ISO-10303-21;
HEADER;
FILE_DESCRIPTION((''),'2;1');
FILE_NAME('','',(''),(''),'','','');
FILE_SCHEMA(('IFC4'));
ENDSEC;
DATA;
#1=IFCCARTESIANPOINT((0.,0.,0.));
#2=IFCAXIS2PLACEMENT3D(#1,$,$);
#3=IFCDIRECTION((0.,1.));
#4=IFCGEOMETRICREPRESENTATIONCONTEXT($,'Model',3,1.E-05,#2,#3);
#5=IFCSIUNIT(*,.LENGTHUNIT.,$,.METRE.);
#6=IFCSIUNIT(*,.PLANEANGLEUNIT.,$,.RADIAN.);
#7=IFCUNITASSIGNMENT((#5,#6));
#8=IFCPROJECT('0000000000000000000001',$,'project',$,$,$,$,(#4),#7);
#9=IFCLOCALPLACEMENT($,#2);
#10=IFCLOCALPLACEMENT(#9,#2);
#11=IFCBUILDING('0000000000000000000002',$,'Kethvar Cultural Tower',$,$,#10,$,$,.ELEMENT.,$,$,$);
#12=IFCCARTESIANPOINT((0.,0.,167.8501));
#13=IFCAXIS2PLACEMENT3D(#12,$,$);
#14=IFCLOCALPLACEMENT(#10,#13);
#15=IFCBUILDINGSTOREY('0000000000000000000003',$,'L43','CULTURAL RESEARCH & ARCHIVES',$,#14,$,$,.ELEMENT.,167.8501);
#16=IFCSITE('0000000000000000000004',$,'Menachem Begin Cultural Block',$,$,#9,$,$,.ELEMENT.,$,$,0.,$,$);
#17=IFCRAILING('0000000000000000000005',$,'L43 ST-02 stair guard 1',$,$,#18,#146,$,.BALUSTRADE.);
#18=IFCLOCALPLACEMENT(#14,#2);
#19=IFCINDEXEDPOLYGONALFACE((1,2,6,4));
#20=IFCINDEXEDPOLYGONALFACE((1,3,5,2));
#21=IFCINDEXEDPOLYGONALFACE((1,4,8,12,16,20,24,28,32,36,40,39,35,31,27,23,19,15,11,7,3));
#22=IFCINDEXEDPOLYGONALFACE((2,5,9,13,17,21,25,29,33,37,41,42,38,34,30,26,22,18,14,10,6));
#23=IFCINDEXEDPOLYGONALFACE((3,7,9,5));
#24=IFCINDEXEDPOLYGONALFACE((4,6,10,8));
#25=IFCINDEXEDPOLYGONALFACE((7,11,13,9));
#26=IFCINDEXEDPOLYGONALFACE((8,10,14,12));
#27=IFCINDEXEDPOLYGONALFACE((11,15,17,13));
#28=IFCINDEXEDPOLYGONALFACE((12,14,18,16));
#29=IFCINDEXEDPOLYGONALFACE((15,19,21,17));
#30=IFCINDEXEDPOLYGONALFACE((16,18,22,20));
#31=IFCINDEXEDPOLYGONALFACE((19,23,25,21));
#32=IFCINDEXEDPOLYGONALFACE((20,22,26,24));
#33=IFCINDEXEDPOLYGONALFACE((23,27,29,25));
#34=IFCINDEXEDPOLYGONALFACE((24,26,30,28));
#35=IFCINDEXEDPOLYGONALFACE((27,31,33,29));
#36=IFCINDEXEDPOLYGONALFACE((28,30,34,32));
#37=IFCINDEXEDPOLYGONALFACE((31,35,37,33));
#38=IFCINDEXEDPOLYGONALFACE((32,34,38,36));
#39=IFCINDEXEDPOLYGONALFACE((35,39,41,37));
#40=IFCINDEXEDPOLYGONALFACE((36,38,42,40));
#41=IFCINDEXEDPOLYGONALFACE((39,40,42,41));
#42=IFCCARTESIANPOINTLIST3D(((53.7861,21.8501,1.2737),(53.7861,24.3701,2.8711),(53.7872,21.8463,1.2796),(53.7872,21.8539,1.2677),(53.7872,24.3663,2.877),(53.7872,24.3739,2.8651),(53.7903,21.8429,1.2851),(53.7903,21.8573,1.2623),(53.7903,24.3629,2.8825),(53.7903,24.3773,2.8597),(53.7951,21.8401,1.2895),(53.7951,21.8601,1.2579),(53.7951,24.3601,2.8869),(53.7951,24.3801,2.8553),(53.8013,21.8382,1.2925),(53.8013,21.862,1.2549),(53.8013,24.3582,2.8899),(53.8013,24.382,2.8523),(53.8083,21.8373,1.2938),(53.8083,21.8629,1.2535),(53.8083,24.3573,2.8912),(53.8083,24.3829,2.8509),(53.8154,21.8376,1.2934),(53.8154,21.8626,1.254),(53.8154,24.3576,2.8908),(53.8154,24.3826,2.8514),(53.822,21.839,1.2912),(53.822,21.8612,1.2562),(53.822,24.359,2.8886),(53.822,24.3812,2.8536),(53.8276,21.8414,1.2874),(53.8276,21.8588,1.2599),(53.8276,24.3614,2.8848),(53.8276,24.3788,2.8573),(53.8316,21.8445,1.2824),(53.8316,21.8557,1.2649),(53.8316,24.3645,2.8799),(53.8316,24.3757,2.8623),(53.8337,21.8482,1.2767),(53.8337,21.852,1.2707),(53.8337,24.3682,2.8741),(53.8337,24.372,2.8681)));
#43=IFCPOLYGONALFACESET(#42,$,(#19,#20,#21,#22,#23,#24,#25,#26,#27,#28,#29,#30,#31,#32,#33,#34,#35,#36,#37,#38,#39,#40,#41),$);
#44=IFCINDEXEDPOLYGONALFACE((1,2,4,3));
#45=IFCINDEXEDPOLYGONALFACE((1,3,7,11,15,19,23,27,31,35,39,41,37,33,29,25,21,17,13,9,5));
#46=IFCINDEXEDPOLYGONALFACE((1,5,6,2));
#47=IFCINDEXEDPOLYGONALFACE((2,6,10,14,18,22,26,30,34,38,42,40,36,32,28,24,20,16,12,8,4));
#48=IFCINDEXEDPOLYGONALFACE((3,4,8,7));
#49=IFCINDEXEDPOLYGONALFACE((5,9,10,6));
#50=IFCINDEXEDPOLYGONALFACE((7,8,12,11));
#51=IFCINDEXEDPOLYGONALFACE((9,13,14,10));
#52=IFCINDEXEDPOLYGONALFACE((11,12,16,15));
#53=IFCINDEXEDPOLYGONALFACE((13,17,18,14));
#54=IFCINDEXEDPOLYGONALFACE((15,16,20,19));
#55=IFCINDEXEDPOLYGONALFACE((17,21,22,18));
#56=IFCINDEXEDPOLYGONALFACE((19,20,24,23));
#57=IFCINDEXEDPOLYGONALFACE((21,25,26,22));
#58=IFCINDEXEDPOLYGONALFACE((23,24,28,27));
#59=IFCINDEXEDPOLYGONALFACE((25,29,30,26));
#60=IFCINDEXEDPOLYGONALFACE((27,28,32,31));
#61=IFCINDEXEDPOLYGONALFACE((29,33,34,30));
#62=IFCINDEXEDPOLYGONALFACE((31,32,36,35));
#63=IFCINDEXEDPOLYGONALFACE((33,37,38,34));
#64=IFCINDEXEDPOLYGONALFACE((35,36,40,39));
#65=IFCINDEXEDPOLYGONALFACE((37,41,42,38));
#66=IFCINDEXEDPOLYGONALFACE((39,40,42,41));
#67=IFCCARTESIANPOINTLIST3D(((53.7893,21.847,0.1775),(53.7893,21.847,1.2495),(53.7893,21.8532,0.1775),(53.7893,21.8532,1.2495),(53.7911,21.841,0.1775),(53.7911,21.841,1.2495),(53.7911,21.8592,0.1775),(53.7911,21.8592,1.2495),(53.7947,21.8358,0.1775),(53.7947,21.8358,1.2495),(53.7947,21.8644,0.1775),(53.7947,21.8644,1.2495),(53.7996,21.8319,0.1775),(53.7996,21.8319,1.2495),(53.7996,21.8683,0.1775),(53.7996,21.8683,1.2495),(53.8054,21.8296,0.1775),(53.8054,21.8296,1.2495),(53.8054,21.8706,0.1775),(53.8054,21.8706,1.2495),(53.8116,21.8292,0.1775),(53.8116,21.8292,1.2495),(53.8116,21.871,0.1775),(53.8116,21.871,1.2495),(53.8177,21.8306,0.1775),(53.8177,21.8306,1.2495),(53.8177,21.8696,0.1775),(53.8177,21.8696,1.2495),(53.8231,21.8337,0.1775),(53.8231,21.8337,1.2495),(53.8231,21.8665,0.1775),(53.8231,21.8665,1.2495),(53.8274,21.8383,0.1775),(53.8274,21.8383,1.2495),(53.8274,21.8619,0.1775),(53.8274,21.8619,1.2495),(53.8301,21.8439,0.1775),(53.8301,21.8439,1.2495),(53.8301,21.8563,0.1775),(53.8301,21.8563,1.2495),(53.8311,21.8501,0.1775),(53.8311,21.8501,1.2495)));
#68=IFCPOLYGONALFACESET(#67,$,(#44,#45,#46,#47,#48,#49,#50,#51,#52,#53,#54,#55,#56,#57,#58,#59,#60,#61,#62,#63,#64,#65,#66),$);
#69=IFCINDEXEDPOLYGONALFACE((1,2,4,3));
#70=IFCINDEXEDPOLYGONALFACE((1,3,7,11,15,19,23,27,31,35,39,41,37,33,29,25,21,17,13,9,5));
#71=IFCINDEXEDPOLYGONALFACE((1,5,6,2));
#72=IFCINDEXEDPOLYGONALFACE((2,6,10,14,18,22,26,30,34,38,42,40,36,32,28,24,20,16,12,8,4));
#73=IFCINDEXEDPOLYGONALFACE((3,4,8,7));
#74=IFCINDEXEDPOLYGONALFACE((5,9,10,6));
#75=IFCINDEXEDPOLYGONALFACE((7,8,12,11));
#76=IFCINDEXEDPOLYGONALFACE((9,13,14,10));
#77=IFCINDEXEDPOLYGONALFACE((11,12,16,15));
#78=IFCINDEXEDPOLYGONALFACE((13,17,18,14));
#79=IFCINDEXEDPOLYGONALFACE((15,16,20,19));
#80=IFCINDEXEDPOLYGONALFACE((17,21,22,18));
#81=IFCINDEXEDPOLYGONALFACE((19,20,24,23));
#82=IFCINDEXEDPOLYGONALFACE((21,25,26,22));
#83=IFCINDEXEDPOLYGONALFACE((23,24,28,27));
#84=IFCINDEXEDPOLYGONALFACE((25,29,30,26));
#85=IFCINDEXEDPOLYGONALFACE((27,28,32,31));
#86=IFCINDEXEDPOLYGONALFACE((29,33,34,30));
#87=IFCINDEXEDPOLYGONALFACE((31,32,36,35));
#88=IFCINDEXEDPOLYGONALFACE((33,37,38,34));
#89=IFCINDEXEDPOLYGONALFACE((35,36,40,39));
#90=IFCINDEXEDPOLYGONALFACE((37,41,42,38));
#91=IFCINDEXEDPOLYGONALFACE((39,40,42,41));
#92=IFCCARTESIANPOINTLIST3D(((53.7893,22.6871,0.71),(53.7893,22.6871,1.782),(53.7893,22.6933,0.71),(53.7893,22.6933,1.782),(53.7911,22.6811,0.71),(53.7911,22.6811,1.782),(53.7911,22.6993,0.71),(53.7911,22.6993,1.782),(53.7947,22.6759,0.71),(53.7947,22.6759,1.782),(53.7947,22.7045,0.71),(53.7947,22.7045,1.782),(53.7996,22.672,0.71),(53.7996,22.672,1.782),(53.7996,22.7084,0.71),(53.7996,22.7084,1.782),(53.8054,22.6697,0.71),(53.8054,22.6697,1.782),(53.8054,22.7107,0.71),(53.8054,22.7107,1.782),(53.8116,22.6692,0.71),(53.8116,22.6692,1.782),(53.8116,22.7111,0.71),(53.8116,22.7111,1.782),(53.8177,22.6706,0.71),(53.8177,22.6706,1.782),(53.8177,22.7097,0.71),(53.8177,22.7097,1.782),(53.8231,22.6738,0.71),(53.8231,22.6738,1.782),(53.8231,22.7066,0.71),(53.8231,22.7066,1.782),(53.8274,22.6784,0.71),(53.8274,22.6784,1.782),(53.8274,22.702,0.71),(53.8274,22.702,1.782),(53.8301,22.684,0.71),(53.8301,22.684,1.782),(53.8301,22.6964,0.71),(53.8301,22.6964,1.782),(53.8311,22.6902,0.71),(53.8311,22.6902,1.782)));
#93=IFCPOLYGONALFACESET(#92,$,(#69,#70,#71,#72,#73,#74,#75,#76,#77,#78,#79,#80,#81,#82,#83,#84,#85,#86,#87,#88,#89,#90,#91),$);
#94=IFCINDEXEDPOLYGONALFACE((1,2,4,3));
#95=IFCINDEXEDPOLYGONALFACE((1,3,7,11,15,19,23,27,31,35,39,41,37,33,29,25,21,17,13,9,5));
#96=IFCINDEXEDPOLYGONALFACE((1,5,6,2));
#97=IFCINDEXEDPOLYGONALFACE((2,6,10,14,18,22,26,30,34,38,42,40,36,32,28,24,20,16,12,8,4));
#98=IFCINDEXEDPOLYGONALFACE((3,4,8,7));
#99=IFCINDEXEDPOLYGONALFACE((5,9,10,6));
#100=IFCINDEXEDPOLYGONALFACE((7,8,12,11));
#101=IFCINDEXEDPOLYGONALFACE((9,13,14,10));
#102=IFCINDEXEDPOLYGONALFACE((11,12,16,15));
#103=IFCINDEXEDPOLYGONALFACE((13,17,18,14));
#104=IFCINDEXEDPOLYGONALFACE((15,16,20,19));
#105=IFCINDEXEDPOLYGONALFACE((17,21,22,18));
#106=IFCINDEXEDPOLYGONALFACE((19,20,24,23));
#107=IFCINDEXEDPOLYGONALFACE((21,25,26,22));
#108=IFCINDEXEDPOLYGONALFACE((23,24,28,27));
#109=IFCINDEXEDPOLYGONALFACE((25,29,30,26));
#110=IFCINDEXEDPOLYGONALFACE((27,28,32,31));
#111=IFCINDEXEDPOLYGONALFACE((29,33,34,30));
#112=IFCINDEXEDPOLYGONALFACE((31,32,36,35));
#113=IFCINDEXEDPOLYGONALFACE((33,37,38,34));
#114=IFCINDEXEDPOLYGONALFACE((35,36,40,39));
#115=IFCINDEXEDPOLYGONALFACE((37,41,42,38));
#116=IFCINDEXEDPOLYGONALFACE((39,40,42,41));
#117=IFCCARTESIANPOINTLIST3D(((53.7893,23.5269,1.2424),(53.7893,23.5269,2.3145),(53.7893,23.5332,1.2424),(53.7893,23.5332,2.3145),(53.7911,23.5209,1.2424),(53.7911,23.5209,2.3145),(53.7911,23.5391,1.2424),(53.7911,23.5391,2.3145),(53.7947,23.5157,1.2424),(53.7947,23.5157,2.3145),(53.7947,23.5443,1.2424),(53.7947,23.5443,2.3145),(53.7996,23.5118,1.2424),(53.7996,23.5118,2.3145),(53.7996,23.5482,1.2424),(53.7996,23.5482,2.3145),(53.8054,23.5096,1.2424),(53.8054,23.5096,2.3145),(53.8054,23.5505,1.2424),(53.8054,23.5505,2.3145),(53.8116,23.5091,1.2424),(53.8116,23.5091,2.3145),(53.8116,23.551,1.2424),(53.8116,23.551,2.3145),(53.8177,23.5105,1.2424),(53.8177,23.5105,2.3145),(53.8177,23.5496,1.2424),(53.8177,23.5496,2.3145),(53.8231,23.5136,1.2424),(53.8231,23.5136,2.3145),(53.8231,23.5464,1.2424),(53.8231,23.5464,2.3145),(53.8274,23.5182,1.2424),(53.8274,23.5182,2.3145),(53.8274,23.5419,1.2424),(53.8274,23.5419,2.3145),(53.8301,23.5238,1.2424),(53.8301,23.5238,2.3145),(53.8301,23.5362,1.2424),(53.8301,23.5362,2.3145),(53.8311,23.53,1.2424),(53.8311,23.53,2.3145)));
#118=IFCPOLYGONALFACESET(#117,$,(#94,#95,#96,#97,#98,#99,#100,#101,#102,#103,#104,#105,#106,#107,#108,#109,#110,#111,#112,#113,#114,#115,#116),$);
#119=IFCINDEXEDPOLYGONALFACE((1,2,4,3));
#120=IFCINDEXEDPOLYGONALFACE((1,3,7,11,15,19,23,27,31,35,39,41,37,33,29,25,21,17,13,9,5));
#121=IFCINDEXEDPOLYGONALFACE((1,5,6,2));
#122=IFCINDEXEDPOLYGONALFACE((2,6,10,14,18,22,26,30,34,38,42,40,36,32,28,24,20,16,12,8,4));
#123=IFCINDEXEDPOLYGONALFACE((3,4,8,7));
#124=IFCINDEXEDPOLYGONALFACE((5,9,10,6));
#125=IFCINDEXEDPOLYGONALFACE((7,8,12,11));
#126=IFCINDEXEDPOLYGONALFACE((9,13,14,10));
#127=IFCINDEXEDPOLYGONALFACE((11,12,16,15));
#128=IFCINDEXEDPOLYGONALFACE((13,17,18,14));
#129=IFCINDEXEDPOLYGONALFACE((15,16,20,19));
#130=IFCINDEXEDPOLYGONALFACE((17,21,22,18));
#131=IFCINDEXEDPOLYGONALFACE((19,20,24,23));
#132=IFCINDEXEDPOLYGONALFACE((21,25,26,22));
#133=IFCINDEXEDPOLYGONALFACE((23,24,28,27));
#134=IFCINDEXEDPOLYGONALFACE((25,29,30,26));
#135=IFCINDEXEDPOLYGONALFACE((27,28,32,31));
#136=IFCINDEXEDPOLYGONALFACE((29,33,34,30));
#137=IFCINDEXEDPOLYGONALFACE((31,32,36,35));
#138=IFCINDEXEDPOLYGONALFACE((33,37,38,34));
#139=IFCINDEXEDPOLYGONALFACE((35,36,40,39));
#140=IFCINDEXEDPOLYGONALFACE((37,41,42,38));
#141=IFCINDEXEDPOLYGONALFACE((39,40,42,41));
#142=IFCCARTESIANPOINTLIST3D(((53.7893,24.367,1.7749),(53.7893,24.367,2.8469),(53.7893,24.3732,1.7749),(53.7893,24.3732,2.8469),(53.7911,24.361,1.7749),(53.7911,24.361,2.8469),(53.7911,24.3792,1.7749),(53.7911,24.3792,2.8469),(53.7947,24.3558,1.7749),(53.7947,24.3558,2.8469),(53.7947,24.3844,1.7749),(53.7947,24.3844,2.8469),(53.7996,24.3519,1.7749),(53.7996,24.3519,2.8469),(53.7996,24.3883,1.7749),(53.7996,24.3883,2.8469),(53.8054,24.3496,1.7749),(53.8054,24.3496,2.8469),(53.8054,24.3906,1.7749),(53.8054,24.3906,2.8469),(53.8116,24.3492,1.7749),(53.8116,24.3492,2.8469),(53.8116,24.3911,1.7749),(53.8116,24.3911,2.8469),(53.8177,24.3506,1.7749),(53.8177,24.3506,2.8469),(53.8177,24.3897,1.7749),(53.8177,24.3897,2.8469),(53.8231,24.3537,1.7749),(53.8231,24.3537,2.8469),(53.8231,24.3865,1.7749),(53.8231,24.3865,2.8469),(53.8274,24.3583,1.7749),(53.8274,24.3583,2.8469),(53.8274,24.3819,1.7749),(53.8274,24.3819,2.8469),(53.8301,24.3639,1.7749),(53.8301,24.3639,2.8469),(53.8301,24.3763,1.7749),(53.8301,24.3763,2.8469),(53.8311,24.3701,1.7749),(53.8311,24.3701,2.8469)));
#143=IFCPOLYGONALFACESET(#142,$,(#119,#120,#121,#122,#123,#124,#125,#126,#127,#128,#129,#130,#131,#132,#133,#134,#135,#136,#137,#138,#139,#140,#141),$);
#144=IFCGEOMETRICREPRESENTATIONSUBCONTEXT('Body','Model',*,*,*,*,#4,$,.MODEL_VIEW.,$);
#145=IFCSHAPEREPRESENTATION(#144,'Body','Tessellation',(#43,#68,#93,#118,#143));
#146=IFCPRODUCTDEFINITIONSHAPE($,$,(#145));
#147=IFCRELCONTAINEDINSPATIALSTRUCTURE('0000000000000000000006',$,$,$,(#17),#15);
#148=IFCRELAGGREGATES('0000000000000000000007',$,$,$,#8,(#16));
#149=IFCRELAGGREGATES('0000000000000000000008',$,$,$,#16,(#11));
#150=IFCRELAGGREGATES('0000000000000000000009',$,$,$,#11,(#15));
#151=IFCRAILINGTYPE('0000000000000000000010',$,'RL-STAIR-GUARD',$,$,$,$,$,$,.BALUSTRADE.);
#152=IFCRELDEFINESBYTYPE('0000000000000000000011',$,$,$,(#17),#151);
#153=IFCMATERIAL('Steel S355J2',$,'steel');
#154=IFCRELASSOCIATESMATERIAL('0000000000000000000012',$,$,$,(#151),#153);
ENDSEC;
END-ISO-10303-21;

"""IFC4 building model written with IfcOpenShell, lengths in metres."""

from ifc_helpers import new_model, si_unit, direction, frame, origin, origin_2d, place, context, subcontext, project, spatial, circle, extrude, material, type_object, element, save


model = new_model("IFC4")

# Units and contexts
model_context = context("Model", 3, precision=1e-05, world=origin(), true_north=direction((0.0, 1.0)))
body_context = subcontext(model_context, "Body", "Model", "MODEL_VIEW")
ifc_project = project(units=[si_unit("LENGTHUNIT", "METRE"), si_unit("PLANEANGLEUNIT", "RADIAN")], contexts=[model_context])

# Site, building, storey
site_placement = place(None, origin())
site = spatial("IfcSite", under=ifc_project, at=site_placement, Name="Menachem Begin Cultural Block", CompositionType="ELEMENT", RefElevation=0.0)
building_placement = place(site_placement, origin())
building = spatial("IfcBuilding", under=site, at=building_placement, Name="Kethvar Cultural Tower", CompositionType="ELEMENT")
storey_placement = place(building_placement, frame((0.0, 0.0, 167.8501)))
storey = spatial("IfcBuildingStorey", under=building, at=storey_placement, Name="L43", Description="CULTURAL RESEARCH & ARCHIVES", CompositionType="ELEMENT", Elevation=167.8501)

# Shared definitions
ifc_material_1 = material(Name="Steel S355J2", Category="steel")

# Railing
railing_type_1 = type_object("IfcRailingType", Name="RL-STAIR-GUARD", PredefinedType="BALUSTRADE", material=ifc_material_1)
railing_1_placement = place(storey_placement, frame((53.8101, 21.8501, 0.1775)))
element("IfcRailing", 1, at=railing_1_placement, inside=storey, type_object=railing_type_1, Name="L43 ST-02 stair guard 1", PredefinedType="BALUSTRADE", context=body_context, shape_type="SweptSolid", body=[
    extrude(circle(Radius=0.0239, at=origin_2d()), frame((0.0, 0.0, 1.0962), z_axis=(0.0, 0.844607, 0.535387), x_axis=(-1.0, 0.0, 0.0)), (0.0, 0.0, 1.0), 2.9836),
    extrude(circle(Radius=0.021, at=origin_2d()), origin(), (0.0, 0.0, 1.0), 1.072),
    extrude(circle(Radius=0.021, at=origin_2d()), frame((0.0, 0.8401, 0.5325)), (0.0, 0.0, 1.0), 1.072),
    extrude(circle(Radius=0.021, at=origin_2d()), frame((0.0, 1.6799, 1.0649)), (0.0, 0.0, 1.0), 1.072),
    extrude(circle(Radius=0.021, at=origin_2d()), frame((0.0, 2.52, 1.5974)), (0.0, 0.0, 1.0), 1.072),
])

save(model, "model.ifc")
